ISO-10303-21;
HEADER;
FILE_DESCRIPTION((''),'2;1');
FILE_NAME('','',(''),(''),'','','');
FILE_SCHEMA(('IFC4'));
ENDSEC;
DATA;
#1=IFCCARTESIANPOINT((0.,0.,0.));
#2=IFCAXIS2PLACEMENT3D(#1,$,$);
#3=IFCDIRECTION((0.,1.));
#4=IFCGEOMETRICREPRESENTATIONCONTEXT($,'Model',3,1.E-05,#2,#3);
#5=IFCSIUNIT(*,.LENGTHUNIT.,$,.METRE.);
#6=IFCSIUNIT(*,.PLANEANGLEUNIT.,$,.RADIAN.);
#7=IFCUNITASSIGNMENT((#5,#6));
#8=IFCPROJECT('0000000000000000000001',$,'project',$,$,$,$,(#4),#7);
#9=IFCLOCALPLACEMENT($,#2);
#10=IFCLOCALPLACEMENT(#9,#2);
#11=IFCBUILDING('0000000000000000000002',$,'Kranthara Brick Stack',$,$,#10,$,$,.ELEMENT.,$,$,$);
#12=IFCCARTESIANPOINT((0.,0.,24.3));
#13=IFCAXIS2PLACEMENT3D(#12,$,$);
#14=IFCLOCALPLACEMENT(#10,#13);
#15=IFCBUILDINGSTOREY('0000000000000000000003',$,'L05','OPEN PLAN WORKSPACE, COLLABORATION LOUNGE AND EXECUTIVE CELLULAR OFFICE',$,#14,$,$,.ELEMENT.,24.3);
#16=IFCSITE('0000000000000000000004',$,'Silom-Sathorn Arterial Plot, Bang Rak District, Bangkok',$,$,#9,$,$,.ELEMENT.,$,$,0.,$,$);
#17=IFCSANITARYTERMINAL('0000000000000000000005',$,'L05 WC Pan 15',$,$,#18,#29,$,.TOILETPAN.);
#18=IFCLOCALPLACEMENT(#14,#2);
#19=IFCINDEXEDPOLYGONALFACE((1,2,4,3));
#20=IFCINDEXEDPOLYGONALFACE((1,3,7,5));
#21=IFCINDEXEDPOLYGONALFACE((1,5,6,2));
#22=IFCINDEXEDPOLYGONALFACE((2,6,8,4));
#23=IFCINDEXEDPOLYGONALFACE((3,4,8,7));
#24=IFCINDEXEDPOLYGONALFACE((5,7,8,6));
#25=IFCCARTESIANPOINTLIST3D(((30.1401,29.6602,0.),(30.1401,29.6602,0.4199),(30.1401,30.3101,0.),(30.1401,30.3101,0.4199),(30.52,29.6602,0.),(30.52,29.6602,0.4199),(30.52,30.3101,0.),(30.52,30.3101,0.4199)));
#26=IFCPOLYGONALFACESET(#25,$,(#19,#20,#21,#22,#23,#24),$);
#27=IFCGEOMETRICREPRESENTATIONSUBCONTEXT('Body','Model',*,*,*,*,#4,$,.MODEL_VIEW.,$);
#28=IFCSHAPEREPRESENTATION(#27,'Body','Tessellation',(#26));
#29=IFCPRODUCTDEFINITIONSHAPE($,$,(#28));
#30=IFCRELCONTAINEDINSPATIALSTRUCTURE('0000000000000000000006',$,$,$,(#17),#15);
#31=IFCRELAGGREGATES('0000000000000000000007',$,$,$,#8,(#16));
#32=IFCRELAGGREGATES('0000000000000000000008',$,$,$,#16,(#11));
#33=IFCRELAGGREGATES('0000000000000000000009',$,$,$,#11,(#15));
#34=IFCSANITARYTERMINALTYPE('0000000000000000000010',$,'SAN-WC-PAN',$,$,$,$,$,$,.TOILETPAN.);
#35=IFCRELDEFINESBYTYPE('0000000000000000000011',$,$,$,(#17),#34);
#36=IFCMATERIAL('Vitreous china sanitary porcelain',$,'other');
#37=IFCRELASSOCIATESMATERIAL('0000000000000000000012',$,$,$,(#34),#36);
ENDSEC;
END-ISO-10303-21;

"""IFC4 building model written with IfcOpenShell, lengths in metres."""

from ifc_helpers import new_model, si_unit, direction, frame, origin, origin_2d, place, context, subcontext, project, spatial, rectangle, extrude, material, type_object, element, save


model = new_model("IFC4")

# Units and contexts
model_context = context("Model", 3, precision=1e-05, world=origin(), true_north=direction((0.0, 1.0)))
body_context = subcontext(model_context, "Body", "Model", "MODEL_VIEW")
ifc_project = project(units=[si_unit("LENGTHUNIT", "METRE"), si_unit("PLANEANGLEUNIT", "RADIAN")], contexts=[model_context])

# Site, building, storey
site_placement = place(None, origin())
site = spatial("IfcSite", under=ifc_project, at=site_placement, Name="Silom-Sathorn Arterial Plot, Bang Rak District, Bangkok", CompositionType="ELEMENT", RefElevation=0.0)
building_placement = place(site_placement, origin())
building = spatial("IfcBuilding", under=site, at=building_placement, Name="Kranthara Brick Stack", CompositionType="ELEMENT")
storey_placement = place(building_placement, frame((0.0, 0.0, 24.3)))
storey = spatial("IfcBuildingStorey", under=building, at=storey_placement, Name="L05", Description="OPEN PLAN WORKSPACE, COLLABORATION LOUNGE AND EXECUTIVE CELLULAR OFFICE", CompositionType="ELEMENT", Elevation=24.3)

# Sanitary terminal
ifc_material_1 = material(Name="Vitreous china sanitary porcelain", Category="other")
sanitary_terminal_type_1 = type_object("IfcSanitaryTerminalType", Name="SAN-WC-PAN", PredefinedType="TOILETPAN", material=ifc_material_1)
for number, where, z_axis, x_axis, name in (
    (1, (30.3301, 29.9851, 0.0), (0.0, 0.0, 1.0), (1.0, 0.0, 0.0), "L05 WC Pan 15"),
):
    element("IfcSanitaryTerminal", number, at=place(storey_placement, frame(where, z_axis=z_axis, x_axis=x_axis)), inside=storey, type_object=sanitary_terminal_type_1, Name=name, PredefinedType="TOILETPAN", context=body_context, shape_type="SweptSolid", body=[
        extrude(rectangle(XDim=0.3799, YDim=0.6499, at=origin_2d()), origin(), (0.0, 0.0, 1.0), 0.4199),
    ])

save(model, "model.ifc")
